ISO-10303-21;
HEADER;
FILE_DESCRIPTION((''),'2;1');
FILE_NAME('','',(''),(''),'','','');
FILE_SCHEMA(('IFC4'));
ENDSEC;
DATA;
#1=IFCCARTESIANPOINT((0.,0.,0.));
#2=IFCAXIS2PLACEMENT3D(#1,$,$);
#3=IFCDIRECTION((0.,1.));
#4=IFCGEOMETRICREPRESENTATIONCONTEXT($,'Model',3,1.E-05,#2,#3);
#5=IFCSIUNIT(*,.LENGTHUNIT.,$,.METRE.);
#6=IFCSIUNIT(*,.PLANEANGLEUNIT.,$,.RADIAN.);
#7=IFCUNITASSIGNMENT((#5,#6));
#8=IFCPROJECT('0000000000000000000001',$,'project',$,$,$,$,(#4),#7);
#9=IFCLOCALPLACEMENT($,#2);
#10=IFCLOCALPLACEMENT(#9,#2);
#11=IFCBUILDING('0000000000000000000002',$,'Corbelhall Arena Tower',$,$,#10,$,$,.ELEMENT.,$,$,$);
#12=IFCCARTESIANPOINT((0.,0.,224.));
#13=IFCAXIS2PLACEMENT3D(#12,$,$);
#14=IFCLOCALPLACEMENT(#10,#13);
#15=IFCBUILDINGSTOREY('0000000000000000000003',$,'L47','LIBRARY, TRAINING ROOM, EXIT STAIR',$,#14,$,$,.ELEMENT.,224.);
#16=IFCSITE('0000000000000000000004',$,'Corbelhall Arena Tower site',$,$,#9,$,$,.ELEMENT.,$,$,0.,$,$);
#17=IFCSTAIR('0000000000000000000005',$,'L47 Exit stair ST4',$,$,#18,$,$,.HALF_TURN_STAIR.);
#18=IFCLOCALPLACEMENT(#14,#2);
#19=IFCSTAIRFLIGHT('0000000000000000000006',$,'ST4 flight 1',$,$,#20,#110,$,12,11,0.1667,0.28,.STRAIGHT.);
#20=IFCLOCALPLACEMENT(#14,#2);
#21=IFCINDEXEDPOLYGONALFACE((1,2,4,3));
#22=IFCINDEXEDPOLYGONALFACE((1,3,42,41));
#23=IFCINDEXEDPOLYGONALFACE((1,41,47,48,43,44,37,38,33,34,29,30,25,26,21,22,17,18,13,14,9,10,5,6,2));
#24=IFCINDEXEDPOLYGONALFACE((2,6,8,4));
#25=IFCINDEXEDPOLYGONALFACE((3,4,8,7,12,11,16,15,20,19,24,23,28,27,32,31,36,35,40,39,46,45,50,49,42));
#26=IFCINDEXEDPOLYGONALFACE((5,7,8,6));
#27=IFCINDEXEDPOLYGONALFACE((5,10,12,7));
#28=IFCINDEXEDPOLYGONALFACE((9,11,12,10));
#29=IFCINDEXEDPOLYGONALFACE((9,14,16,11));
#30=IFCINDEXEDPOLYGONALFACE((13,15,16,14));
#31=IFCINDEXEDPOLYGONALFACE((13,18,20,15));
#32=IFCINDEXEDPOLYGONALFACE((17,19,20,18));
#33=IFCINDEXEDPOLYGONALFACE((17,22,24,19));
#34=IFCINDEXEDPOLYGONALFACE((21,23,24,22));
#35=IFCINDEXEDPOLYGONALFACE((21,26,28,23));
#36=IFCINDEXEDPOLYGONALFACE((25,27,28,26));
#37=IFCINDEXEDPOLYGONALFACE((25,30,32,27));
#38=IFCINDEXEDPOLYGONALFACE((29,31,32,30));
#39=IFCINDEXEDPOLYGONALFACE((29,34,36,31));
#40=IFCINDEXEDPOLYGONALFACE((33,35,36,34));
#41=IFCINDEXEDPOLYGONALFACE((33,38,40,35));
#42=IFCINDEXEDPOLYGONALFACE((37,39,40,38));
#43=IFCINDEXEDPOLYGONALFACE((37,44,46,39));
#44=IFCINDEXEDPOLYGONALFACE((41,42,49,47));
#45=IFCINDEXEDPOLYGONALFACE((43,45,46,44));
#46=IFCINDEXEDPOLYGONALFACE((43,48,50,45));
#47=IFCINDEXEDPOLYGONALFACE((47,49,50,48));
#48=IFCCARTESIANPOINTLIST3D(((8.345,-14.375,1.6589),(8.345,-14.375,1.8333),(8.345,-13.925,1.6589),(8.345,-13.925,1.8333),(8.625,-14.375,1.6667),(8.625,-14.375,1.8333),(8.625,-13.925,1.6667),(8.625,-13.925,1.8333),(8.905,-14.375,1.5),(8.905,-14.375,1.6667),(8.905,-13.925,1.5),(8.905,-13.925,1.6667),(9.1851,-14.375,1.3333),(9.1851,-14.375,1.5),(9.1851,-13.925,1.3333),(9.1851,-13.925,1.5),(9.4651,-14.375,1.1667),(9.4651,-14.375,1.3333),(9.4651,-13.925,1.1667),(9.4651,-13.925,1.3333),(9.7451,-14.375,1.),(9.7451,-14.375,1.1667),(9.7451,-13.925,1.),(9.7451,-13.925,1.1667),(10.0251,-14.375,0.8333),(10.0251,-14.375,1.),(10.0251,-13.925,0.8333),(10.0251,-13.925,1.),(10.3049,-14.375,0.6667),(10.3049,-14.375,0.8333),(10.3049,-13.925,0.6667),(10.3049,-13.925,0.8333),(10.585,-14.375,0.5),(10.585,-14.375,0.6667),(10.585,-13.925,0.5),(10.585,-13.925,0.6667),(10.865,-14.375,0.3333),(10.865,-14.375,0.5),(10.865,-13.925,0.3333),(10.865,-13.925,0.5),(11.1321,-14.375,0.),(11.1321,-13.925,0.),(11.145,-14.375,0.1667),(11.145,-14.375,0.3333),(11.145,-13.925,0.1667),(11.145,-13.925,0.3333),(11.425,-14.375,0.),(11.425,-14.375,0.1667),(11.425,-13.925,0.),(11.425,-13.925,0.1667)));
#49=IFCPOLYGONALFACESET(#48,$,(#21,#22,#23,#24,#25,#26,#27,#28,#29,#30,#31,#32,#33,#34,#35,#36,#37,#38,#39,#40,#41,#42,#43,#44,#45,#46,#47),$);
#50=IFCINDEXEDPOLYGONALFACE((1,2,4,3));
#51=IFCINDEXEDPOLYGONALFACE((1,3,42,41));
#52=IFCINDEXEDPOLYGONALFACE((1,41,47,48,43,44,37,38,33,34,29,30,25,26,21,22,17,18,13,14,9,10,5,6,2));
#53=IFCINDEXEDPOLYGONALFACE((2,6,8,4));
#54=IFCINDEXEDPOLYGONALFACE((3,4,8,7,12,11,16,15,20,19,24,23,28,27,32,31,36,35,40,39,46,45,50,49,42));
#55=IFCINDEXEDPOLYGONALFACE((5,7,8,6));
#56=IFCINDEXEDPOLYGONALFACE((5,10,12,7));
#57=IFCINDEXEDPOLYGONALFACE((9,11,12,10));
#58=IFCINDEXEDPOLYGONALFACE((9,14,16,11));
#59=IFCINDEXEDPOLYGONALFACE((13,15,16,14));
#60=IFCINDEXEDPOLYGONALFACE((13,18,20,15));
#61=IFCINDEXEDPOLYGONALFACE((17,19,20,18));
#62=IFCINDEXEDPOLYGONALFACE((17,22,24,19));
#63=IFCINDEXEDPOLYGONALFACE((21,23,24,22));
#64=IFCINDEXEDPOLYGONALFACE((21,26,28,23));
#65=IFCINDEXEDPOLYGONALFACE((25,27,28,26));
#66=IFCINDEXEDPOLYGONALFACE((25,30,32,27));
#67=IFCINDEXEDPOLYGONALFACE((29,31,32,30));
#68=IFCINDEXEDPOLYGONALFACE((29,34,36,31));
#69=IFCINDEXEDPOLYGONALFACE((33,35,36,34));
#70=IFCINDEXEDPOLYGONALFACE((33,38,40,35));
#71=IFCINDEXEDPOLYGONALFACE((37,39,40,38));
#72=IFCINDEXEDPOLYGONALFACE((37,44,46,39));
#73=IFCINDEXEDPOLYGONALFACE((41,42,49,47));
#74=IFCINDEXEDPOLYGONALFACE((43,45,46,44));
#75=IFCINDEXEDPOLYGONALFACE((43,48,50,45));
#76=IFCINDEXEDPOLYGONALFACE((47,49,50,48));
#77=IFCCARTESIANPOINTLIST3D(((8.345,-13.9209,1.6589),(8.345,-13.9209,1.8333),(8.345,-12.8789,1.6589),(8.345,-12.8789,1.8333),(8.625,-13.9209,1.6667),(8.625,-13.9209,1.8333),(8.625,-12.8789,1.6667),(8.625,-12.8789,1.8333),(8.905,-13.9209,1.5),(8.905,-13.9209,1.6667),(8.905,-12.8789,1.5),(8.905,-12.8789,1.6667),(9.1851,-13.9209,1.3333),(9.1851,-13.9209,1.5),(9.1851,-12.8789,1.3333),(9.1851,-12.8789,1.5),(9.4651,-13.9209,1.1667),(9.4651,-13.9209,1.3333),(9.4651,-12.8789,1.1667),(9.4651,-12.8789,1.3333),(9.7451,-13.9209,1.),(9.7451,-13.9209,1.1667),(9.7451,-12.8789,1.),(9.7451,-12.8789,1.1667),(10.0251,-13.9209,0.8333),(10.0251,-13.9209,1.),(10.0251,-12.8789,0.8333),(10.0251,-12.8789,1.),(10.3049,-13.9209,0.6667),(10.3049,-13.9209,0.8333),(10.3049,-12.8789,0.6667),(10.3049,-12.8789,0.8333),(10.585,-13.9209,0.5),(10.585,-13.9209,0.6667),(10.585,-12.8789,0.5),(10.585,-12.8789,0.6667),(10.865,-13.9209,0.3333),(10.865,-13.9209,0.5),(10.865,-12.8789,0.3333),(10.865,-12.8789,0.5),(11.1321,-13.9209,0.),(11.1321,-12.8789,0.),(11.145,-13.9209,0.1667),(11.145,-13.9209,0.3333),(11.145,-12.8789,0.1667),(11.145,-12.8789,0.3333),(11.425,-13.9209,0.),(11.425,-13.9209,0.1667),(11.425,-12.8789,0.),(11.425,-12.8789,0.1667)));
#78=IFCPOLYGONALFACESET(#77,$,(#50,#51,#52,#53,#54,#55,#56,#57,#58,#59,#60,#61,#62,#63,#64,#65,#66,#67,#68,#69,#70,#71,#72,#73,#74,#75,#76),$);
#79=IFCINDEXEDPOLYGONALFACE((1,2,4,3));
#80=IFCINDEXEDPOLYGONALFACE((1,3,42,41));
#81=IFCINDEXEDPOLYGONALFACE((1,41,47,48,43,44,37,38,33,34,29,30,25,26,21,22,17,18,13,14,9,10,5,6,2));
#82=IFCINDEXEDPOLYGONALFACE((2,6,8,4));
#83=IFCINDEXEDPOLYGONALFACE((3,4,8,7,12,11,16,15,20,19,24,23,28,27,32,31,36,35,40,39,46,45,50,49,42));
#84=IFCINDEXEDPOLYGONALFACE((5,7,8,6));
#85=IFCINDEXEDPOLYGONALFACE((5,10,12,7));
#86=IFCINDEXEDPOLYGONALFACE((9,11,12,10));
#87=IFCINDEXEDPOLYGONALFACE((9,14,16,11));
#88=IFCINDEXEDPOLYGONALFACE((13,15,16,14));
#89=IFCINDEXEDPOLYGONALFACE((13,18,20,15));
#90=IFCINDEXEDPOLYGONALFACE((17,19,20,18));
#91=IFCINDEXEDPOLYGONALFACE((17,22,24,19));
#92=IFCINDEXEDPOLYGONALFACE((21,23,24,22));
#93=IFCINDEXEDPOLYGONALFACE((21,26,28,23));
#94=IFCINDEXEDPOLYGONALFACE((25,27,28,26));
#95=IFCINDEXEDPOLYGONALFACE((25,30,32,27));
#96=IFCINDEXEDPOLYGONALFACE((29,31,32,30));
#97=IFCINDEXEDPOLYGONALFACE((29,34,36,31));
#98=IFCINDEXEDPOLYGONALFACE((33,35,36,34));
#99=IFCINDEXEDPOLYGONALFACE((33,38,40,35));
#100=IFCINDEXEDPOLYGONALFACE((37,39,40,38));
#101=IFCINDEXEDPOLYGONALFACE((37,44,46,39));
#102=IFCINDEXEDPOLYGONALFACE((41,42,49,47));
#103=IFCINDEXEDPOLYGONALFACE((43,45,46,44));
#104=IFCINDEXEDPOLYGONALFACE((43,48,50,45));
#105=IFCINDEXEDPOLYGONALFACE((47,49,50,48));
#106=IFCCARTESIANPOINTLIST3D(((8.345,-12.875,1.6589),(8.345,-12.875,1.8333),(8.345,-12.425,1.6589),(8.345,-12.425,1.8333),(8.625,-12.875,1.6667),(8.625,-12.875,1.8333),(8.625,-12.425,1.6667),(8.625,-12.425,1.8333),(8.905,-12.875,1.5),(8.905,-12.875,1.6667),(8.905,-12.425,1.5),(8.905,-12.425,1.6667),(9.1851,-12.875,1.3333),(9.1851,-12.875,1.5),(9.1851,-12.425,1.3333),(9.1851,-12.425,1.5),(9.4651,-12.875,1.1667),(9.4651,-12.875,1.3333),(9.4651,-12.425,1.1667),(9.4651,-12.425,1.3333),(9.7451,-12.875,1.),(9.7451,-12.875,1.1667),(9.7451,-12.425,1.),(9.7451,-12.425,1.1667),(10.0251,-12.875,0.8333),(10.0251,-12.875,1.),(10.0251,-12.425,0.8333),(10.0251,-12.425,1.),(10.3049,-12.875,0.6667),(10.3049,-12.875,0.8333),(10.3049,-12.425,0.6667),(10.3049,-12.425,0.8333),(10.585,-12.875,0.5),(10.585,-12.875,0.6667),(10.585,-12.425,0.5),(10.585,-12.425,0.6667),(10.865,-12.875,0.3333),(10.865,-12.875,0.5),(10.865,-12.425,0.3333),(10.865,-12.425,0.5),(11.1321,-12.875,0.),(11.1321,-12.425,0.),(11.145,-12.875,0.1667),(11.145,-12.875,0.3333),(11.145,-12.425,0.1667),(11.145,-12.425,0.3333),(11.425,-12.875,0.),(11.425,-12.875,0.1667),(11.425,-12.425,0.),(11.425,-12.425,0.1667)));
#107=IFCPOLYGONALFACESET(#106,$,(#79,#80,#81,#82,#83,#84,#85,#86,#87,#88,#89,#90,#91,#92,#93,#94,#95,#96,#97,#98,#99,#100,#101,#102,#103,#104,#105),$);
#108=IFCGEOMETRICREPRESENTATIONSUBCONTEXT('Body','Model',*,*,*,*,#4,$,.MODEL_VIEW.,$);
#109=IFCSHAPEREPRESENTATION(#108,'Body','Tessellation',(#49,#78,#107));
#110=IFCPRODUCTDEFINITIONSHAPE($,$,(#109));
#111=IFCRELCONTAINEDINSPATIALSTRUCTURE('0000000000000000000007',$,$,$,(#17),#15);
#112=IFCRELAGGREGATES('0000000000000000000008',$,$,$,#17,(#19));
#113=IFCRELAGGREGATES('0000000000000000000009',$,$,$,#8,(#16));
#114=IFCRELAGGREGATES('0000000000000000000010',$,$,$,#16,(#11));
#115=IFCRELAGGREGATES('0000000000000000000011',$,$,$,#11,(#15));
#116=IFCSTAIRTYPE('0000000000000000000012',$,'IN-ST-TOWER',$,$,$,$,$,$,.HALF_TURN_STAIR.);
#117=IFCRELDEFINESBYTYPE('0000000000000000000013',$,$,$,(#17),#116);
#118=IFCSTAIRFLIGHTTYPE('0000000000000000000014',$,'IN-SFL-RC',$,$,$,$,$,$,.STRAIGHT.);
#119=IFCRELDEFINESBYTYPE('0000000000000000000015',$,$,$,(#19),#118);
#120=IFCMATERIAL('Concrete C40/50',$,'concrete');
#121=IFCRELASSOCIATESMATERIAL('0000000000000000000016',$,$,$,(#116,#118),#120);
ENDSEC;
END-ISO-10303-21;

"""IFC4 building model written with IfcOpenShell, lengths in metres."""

from ifc_helpers import new_model, si_unit, direction, frame, origin, place, context, subcontext, project, spatial, polyline, outline, extrude, material, type_object, element, aggregate, save


model = new_model("IFC4")

# Units and contexts
model_context = context("Model", 3, precision=1e-05, world=origin(), true_north=direction((0.0, 1.0)))
body_context = subcontext(model_context, "Body", "Model", "MODEL_VIEW")
ifc_project = project(units=[si_unit("LENGTHUNIT", "METRE"), si_unit("PLANEANGLEUNIT", "RADIAN")], contexts=[model_context])

# Site, building, storey
site_placement = place(None, origin())
site = spatial("IfcSite", under=ifc_project, at=site_placement, Name="Corbelhall Arena Tower site", CompositionType="ELEMENT", RefElevation=0.0)
building_placement = place(site_placement, origin())
building = spatial("IfcBuilding", under=site, at=building_placement, Name="Corbelhall Arena Tower", CompositionType="ELEMENT")
storey_placement = place(building_placement, frame((0.0, 0.0, 224.0)))
storey = spatial("IfcBuildingStorey", under=building, at=storey_placement, Name="L47", Description="LIBRARY, TRAINING ROOM, EXIT STAIR", CompositionType="ELEMENT", Elevation=224.0)

# Shared definitions
ifc_material_1 = material(Name="Concrete C40/50", Category="concrete")

# Stair, stair flight
stair_type = type_object("IfcStairType", Name="IN-ST-TOWER", PredefinedType="HALF_TURN_STAIR", material=ifc_material_1)
stair_placement = place(storey_placement, origin())
stair = element("IfcStair", 1, at=stair_placement, inside=storey, type_object=stair_type, Name="L47 Exit stair ST4", PredefinedType="HALF_TURN_STAIR")
stair_flight_type = type_object("IfcStairFlightType", Name="IN-SFL-RC", PredefinedType="STRAIGHT", material=ifc_material_1)
stair_flight_placement = place(storey_placement, frame((11.425, -13.3999, 0.0), z_axis=(0.0, 0.0, 1.0), x_axis=(-1.0, 0.0, 0.0)))
stair_flight = element("IfcStairFlight", 2, at=stair_flight_placement, type_object=stair_flight_type, Name="ST4 flight 1", NumberOfRisers=12, NumberOfTreads=11, PredefinedType="STRAIGHT", RiserHeight=0.1667, TreadLength=0.28, context=body_context, shape_type="SweptSolid", body=[
    extrude(outline(polyline([(0.0, 0.0), (0.0, 0.1667), (0.28, 0.1667), (0.28, 0.3333), (0.5601, 0.3333), (0.5601, 0.5), (0.8401, 0.5), (0.8401, 0.6667), (1.1201, 0.6667), (1.1201, 0.8333), (1.3999, 0.8333), (1.3999, 1.0), (1.6799, 1.0), (1.6799, 1.1667), (1.96, 1.1667), (1.96, 1.3333), (2.24, 1.3333), (2.24, 1.5), (2.52, 1.5), (2.52, 1.6667), (2.8, 1.6667), (2.8, 1.8333), (3.0801, 1.8333), (3.0801, 2.0), (3.0801, 1.6589), (0.293, 0.0), (0.0, 0.0)])), frame((0.0, 0.9751, 0.0), z_axis=(0.0, -1.0, 0.0), x_axis=(1.0, 0.0, 0.0)), (0.0, 0.0, 1.0), 0.45),
    extrude(outline(polyline([(0.0, 0.0), (0.0, 0.1667), (0.28, 0.1667), (0.28, 0.3333), (0.5601, 0.3333), (0.5601, 0.5), (0.8401, 0.5), (0.8401, 0.6667), (1.1201, 0.6667), (1.1201, 0.8333), (1.3999, 0.8333), (1.3999, 1.0), (1.6799, 1.0), (1.6799, 1.1667), (1.96, 1.1667), (1.96, 1.3333), (2.24, 1.3333), (2.24, 1.5), (2.52, 1.5), (2.52, 1.6667), (2.8, 1.6667), (2.8, 1.8333), (3.0801, 1.8333), (3.0801, 2.0), (3.0801, 1.6589), (0.293, 0.0), (0.0, 0.0)])), frame((0.0, 0.521, 0.0), z_axis=(0.0, -1.0, 0.0), x_axis=(1.0, 0.0, 0.0)), (0.0, 0.0, 1.0), 1.042),
    extrude(outline(polyline([(0.0, 0.0), (0.0, 0.1667), (0.28, 0.1667), (0.28, 0.3333), (0.5601, 0.3333), (0.5601, 0.5), (0.8401, 0.5), (0.8401, 0.6667), (1.1201, 0.6667), (1.1201, 0.8333), (1.3999, 0.8333), (1.3999, 1.0), (1.6799, 1.0), (1.6799, 1.1667), (1.96, 1.1667), (1.96, 1.3333), (2.24, 1.3333), (2.24, 1.5), (2.52, 1.5), (2.52, 1.6667), (2.8, 1.6667), (2.8, 1.8333), (3.0801, 1.8333), (3.0801, 2.0), (3.0801, 1.6589), (0.293, 0.0), (0.0, 0.0)])), frame((0.0, -0.5249, 0.0), z_axis=(0.0, -1.0, 0.0), x_axis=(1.0, 0.0, 0.0)), (0.0, 0.0, 1.0), 0.45),
])
aggregate(stair, [stair_flight])

save(model, "model.ifc")
